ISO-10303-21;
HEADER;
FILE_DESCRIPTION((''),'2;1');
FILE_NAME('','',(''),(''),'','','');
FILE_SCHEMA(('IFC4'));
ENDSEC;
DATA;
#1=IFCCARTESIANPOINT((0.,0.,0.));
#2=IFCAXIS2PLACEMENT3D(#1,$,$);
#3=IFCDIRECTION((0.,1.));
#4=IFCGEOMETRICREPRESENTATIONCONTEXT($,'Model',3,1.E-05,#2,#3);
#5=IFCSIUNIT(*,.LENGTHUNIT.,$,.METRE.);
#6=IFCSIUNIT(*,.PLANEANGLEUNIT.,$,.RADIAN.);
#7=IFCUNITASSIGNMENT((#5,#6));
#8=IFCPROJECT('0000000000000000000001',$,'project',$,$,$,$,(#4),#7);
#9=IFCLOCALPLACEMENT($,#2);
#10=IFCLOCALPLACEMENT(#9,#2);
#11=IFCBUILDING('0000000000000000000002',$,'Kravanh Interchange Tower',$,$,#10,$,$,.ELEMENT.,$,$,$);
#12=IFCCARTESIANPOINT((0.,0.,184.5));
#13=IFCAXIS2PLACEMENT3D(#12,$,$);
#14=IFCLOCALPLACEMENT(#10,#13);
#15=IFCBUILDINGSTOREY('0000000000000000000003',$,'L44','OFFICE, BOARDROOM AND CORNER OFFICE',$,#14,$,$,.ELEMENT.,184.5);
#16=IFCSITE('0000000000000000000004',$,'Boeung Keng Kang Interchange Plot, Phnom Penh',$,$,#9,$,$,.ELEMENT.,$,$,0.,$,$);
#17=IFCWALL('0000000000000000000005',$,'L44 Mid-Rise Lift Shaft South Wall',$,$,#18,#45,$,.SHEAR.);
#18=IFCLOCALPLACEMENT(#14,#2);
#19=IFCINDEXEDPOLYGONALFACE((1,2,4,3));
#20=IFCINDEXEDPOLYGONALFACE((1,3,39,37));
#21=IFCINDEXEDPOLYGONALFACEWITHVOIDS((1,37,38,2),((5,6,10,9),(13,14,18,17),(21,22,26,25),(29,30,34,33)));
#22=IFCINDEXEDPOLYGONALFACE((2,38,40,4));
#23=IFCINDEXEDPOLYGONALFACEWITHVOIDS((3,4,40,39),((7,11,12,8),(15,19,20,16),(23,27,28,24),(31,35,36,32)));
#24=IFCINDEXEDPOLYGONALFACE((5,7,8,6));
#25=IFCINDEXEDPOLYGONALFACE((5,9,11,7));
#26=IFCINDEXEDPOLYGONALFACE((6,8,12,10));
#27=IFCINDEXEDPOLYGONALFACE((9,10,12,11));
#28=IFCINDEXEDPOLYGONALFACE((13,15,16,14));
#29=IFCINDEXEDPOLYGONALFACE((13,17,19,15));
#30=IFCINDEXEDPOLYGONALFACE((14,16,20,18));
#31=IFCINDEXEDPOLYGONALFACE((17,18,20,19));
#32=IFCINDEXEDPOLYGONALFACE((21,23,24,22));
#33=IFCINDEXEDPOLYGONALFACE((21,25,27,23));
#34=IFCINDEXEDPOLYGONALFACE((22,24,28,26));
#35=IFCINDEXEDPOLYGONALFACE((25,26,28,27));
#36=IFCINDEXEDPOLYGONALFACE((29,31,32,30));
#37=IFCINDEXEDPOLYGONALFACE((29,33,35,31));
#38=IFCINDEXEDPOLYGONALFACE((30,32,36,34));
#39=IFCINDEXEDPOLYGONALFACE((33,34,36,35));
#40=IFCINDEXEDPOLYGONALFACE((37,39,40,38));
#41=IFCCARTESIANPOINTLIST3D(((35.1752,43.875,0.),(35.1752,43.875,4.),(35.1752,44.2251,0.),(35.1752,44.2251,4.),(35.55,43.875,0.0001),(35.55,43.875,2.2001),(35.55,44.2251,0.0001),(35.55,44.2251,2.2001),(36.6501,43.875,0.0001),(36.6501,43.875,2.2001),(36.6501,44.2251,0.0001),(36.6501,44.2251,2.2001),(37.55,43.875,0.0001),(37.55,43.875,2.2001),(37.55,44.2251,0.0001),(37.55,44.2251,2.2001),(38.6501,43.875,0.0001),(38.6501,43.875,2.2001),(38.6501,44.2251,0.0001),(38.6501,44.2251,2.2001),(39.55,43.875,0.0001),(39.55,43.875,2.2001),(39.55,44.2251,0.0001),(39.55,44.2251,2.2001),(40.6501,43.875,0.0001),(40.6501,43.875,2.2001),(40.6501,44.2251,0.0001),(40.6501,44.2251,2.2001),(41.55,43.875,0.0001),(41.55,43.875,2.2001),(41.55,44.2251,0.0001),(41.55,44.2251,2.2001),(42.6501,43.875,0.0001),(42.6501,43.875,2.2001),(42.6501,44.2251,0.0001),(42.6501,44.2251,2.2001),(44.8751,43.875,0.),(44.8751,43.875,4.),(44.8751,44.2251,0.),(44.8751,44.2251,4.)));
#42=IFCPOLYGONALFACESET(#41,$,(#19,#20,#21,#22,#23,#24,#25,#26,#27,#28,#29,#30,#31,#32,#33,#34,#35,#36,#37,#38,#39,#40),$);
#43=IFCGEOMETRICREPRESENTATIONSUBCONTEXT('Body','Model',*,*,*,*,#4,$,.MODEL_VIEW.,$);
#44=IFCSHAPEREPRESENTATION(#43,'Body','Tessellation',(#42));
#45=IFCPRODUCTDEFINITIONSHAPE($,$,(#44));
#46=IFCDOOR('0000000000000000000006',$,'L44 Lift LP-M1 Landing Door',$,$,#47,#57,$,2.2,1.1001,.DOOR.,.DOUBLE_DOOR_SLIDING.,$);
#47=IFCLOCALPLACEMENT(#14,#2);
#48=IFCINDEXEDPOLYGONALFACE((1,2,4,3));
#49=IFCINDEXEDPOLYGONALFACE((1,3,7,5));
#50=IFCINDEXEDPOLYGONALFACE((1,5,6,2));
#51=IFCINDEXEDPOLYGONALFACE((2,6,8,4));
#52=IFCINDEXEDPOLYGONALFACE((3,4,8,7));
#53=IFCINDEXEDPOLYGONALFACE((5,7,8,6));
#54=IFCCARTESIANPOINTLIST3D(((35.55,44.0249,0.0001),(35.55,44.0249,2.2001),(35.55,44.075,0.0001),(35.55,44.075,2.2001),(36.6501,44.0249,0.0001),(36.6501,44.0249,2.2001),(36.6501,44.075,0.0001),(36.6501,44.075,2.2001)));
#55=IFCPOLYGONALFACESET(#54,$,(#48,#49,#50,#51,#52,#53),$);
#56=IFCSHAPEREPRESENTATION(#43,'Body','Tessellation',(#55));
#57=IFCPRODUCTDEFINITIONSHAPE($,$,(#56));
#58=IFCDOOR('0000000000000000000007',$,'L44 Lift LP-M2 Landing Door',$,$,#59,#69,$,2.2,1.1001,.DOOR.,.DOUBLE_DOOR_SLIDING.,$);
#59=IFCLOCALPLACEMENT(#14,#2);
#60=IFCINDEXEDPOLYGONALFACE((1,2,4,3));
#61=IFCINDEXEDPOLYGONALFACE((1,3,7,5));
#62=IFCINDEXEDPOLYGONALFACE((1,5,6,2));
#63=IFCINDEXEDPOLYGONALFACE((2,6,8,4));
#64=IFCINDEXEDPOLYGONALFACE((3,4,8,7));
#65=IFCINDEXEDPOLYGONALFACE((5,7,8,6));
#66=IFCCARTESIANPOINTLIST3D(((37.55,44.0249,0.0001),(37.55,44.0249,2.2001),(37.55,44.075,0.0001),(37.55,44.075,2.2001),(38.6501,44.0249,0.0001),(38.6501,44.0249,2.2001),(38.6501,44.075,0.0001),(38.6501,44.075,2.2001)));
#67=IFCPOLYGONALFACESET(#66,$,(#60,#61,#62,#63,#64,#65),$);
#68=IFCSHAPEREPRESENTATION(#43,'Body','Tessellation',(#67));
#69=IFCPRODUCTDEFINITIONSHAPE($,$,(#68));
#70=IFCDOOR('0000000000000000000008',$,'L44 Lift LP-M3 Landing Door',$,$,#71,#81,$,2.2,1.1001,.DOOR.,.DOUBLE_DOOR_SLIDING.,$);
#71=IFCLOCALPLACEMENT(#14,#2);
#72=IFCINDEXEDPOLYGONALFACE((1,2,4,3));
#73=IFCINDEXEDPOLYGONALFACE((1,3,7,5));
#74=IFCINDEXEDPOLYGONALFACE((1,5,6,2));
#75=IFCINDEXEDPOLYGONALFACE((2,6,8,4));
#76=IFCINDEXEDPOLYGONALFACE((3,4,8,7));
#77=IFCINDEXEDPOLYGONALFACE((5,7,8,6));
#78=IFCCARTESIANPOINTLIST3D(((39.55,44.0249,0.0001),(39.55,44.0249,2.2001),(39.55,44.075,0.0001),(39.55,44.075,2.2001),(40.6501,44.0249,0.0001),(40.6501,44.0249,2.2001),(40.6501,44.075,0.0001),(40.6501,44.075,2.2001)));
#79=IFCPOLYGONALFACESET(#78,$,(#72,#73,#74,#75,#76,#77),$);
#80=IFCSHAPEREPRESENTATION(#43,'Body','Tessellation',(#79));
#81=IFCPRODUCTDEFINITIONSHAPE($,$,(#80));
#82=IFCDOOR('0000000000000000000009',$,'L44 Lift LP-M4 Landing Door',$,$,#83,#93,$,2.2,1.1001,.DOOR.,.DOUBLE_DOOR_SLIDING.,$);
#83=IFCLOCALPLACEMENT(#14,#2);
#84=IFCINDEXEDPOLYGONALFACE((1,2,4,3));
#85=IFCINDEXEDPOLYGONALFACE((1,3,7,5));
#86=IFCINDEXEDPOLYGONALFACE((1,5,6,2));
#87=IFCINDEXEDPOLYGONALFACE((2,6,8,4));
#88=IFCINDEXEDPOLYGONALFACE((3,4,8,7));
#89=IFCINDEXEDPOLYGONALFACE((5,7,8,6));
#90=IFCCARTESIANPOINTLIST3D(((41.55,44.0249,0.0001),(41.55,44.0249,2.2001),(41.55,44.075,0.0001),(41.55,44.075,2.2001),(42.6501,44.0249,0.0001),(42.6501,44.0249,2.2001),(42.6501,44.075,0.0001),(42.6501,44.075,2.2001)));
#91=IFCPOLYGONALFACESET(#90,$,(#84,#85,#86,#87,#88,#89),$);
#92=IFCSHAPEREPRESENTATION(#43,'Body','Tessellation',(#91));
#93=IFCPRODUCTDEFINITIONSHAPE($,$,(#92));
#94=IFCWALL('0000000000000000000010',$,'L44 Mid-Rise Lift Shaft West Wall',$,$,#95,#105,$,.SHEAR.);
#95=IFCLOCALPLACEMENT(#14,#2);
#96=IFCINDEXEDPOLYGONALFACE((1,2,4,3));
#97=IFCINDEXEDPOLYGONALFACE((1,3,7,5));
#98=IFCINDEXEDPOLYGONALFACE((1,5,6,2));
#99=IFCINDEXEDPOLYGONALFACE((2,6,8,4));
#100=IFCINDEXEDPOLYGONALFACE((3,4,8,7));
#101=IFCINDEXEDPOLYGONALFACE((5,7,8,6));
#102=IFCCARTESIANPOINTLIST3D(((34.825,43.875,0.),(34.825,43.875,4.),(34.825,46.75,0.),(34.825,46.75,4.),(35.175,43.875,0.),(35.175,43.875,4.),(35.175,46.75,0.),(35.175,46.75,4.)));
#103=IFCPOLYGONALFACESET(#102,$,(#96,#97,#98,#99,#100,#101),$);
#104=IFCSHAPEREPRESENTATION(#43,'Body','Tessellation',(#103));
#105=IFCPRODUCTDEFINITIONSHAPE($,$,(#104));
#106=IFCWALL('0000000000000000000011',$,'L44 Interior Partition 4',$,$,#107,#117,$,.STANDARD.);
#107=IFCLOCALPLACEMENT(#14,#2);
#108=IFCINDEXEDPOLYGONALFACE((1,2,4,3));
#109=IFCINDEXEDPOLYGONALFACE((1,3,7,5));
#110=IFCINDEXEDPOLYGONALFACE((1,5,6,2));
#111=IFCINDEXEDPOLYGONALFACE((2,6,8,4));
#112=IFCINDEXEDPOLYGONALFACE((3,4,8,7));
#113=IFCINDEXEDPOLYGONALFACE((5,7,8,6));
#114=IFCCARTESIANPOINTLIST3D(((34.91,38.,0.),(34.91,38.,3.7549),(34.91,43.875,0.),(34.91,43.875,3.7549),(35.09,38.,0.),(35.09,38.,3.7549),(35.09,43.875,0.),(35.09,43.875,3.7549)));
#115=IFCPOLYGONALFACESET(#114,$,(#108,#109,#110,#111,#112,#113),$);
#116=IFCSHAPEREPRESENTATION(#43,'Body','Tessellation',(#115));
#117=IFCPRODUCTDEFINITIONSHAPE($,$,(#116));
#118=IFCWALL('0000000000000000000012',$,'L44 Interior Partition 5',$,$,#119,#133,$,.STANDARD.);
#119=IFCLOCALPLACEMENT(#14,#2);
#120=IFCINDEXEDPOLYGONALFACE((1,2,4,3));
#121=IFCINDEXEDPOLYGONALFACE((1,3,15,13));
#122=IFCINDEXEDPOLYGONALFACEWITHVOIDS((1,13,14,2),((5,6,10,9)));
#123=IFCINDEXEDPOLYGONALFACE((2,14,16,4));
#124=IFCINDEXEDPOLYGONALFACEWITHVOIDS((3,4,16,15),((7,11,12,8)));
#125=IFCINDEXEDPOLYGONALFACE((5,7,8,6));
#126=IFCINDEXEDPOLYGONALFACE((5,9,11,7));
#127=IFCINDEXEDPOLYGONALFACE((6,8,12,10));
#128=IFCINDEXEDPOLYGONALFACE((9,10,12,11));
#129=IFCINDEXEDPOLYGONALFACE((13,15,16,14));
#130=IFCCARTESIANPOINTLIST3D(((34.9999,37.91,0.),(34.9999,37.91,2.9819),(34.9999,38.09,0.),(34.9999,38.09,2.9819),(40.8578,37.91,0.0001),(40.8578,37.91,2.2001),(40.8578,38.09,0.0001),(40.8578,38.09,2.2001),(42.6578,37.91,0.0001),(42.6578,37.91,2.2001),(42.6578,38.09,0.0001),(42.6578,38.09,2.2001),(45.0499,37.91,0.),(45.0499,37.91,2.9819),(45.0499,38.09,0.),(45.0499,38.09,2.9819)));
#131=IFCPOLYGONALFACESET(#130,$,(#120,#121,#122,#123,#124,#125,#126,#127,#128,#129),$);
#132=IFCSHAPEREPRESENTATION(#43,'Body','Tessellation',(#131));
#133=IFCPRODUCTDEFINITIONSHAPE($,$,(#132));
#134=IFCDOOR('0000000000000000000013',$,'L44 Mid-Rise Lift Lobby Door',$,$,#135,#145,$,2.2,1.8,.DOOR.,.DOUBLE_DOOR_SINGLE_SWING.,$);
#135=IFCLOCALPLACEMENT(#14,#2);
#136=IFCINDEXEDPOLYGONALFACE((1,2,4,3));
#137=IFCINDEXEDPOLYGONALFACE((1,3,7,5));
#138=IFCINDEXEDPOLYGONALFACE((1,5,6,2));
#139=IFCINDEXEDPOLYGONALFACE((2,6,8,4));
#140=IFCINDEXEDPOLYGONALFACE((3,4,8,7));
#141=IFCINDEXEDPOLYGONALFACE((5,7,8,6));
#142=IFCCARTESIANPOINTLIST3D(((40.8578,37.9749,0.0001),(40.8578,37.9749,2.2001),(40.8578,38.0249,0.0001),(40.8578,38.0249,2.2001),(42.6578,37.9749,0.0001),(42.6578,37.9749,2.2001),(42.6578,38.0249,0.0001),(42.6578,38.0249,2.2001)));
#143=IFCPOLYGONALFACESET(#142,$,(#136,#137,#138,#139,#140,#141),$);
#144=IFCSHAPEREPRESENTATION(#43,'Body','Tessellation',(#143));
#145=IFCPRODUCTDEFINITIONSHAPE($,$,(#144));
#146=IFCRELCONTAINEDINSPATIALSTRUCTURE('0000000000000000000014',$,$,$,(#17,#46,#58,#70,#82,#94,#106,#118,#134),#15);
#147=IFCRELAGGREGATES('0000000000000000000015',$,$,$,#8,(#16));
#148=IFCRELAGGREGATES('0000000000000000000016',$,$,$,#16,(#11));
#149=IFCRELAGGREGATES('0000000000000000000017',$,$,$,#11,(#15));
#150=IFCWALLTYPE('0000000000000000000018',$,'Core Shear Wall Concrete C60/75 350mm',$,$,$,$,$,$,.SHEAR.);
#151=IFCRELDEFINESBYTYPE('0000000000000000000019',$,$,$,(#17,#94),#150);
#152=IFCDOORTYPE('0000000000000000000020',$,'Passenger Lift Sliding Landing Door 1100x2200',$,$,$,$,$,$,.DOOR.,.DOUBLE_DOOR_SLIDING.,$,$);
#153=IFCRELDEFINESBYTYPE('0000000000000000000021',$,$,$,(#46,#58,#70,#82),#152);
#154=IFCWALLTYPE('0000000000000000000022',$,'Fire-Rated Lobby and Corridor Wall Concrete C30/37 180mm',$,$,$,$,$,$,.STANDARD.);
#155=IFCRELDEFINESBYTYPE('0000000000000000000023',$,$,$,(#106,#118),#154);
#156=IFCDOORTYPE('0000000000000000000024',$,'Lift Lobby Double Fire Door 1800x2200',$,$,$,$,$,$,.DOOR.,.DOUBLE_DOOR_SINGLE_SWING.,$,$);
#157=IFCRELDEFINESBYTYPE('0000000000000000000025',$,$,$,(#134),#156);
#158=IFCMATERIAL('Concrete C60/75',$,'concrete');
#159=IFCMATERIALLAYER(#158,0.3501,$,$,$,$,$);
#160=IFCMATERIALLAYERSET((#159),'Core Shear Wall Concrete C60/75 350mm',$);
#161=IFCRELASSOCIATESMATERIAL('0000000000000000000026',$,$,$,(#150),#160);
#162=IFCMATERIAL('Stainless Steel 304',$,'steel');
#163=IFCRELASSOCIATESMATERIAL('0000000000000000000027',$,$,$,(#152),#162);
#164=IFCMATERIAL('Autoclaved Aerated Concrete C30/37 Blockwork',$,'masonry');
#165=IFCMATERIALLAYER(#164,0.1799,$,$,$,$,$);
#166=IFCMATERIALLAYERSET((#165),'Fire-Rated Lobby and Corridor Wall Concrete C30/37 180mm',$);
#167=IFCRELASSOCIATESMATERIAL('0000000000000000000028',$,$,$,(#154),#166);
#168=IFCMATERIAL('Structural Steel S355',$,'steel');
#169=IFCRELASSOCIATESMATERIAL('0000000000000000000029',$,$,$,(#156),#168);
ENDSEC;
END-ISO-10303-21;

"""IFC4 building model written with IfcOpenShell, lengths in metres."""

from ifc_helpers import new_model, si_unit, direction, frame, frame_2d, origin, place, context, subcontext, project, spatial, rectangle, extrude, material, layer, layer_set, type_object, element, fill, save


model = new_model("IFC4")

# Units and contexts
model_context = context("Model", 3, precision=1e-05, world=origin(), true_north=direction((0.0, 1.0)))
body_context = subcontext(model_context, "Body", "Model", "MODEL_VIEW")
ifc_project = project(units=[si_unit("LENGTHUNIT", "METRE"), si_unit("PLANEANGLEUNIT", "RADIAN")], contexts=[model_context])

# Site, building, storey
site_placement = place(None, origin())
site = spatial("IfcSite", under=ifc_project, at=site_placement, Name="Boeung Keng Kang Interchange Plot, Phnom Penh", CompositionType="ELEMENT", RefElevation=0.0)
building_placement = place(site_placement, origin())
building = spatial("IfcBuilding", under=site, at=building_placement, Name="Kravanh Interchange Tower", CompositionType="ELEMENT")
storey_placement = place(building_placement, frame((0.0, 0.0, 184.5)))
storey = spatial("IfcBuildingStorey", under=building, at=storey_placement, Name="L44", Description="OFFICE, BOARDROOM AND CORNER OFFICE", CompositionType="ELEMENT", Elevation=184.5)

# Wall, openings, doors
ifc_material_1 = material(Name="Concrete C60/75", Category="concrete")
ifc_layer_1 = layer(ifc_material_1, 0.3501)
ifc_layer_set_1 = layer_set([ifc_layer_1], Name="Core Shear Wall Concrete C60/75 350mm")
wall_type_1 = type_object("IfcWallType", Name="Core Shear Wall Concrete C60/75 350mm", PredefinedType="SHEAR", material=ifc_layer_set_1)
wall_1_placement = place(storey_placement, frame((35.175, 44.05, 0.0), z_axis=(0.0, 0.0, 1.0), x_axis=(1.0, 0.0, 0.0)))
wall_1 = element("IfcWall", 1, at=wall_1_placement, inside=storey, type_object=wall_type_1, Name="L44 Mid-Rise Lift Shaft South Wall", PredefinedType="SHEAR", context=body_context, shape_type="SweptSolid", body=[
    extrude(rectangle(XDim=9.7, YDim=0.3501, at=frame_2d((4.8501, 0.0))), origin(), (0.0, 0.0, 1.0), 4.0),
])
opening_1_placement = place(wall_1_placement, frame((0.375, 0.0, 0.0)))
opening_1 = element("IfcOpeningElement", 2, at=opening_1_placement, cuts=wall_1, PredefinedType="OPENING", context=body_context, shape_type="SweptSolid", body=[
    extrude(rectangle(XDim=1.1001, YDim=2.2, at=frame_2d((0.55, 1.1001))), frame((0.0, 0.1851, 0.0), z_axis=(0.0, -1.0, 0.0), x_axis=(1.0, 0.0, 0.0)), (0.0, 0.0, 1.0), 0.3701),
])
opening_2_placement = place(wall_1_placement, frame((2.375, 0.0, 0.0)))
opening_2 = element("IfcOpeningElement", 3, at=opening_2_placement, cuts=wall_1, PredefinedType="OPENING", context=body_context, shape_type="SweptSolid", body=[
    extrude(rectangle(XDim=1.1001, YDim=2.2, at=frame_2d((0.55, 1.1001))), frame((0.0, 0.1851, 0.0), z_axis=(0.0, -1.0, 0.0), x_axis=(1.0, 0.0, 0.0)), (0.0, 0.0, 1.0), 0.3701),
])
opening_3_placement = place(wall_1_placement, frame((4.375, 0.0, 0.0)))
opening_3 = element("IfcOpeningElement", 4, at=opening_3_placement, cuts=wall_1, PredefinedType="OPENING", context=body_context, shape_type="SweptSolid", body=[
    extrude(rectangle(XDim=1.1001, YDim=2.2, at=frame_2d((0.55, 1.1001))), frame((0.0, 0.1851, 0.0), z_axis=(0.0, -1.0, 0.0), x_axis=(1.0, 0.0, 0.0)), (0.0, 0.0, 1.0), 0.3701),
])
opening_4_placement = place(wall_1_placement, frame((6.375, 0.0, 0.0)))
opening_4 = element("IfcOpeningElement", 5, at=opening_4_placement, cuts=wall_1, PredefinedType="OPENING", context=body_context, shape_type="SweptSolid", body=[
    extrude(rectangle(XDim=1.1001, YDim=2.2, at=frame_2d((0.55, 1.1001))), frame((0.0, 0.1851, 0.0), z_axis=(0.0, -1.0, 0.0), x_axis=(1.0, 0.0, 0.0)), (0.0, 0.0, 1.0), 0.3701),
])
ifc_material_2 = material(Name="Stainless Steel 304", Category="steel")
door_type_1 = type_object("IfcDoorType", Name="Passenger Lift Sliding Landing Door 1100x2200", OperationType="DOUBLE_DOOR_SLIDING", PredefinedType="DOOR", material=ifc_material_2)
door_1_placement = place(opening_1_placement, origin())
door_1 = element("IfcDoor", 6, at=door_1_placement, inside=storey, type_object=door_type_1, Name="L44 Lift LP-M1 Landing Door", OperationType="DOUBLE_DOOR_SLIDING", OverallHeight=2.2, OverallWidth=1.1001, PredefinedType="DOOR", context=body_context, shape_type="SweptSolid", body=[
    extrude(rectangle(XDim=1.1001, YDim=2.2, at=frame_2d((0.55, 1.1001))), frame((0.0, 0.0249, 0.0), z_axis=(0.0, -1.0, 0.0), x_axis=(1.0, 0.0, 0.0)), (0.0, 0.0, 1.0), 0.05),
])
fill(opening_1, door_1)
door_2_placement = place(opening_2_placement, origin())
door_2 = element("IfcDoor", 7, at=door_2_placement, inside=storey, type_object=door_type_1, Name="L44 Lift LP-M2 Landing Door", OperationType="DOUBLE_DOOR_SLIDING", OverallHeight=2.2, OverallWidth=1.1001, PredefinedType="DOOR", context=body_context, shape_type="SweptSolid", body=[
    extrude(rectangle(XDim=1.1001, YDim=2.2, at=frame_2d((0.55, 1.1001))), frame((0.0, 0.0249, 0.0), z_axis=(0.0, -1.0, 0.0), x_axis=(1.0, 0.0, 0.0)), (0.0, 0.0, 1.0), 0.05),
])
fill(opening_2, door_2)
door_3_placement = place(opening_3_placement, origin())
door_3 = element("IfcDoor", 8, at=door_3_placement, inside=storey, type_object=door_type_1, Name="L44 Lift LP-M3 Landing Door", OperationType="DOUBLE_DOOR_SLIDING", OverallHeight=2.2, OverallWidth=1.1001, PredefinedType="DOOR", context=body_context, shape_type="SweptSolid", body=[
    extrude(rectangle(XDim=1.1001, YDim=2.2, at=frame_2d((0.55, 1.1001))), frame((0.0, 0.0249, 0.0), z_axis=(0.0, -1.0, 0.0), x_axis=(1.0, 0.0, 0.0)), (0.0, 0.0, 1.0), 0.05),
])
fill(opening_3, door_3)
door_4_placement = place(opening_4_placement, origin())
door_4 = element("IfcDoor", 9, at=door_4_placement, inside=storey, type_object=door_type_1, Name="L44 Lift LP-M4 Landing Door", OperationType="DOUBLE_DOOR_SLIDING", OverallHeight=2.2, OverallWidth=1.1001, PredefinedType="DOOR", context=body_context, shape_type="SweptSolid", body=[
    extrude(rectangle(XDim=1.1001, YDim=2.2, at=frame_2d((0.55, 1.1001))), frame((0.0, 0.0249, 0.0), z_axis=(0.0, -1.0, 0.0), x_axis=(1.0, 0.0, 0.0)), (0.0, 0.0, 1.0), 0.05),
])
fill(opening_4, door_4)

# Walls
wall_2_placement = place(storey_placement, frame((35.0, 43.875, 0.0), z_axis=(0.0, 0.0, 1.0), x_axis=(0.0, 1.0, 0.0)))
element("IfcWall", 10, at=wall_2_placement, inside=storey, type_object=wall_type_1, Name="L44 Mid-Rise Lift Shaft West Wall", PredefinedType="SHEAR", context=body_context, shape_type="SweptSolid", body=[
    extrude(rectangle(XDim=2.875, YDim=0.3501, at=frame_2d((1.4375, 0.0))), origin(), (0.0, 0.0, 1.0), 4.0),
])
ifc_material_3 = material(Name="Autoclaved Aerated Concrete C30/37 Blockwork", Category="masonry")
ifc_layer_2 = layer(ifc_material_3, 0.1799)
ifc_layer_set_2 = layer_set([ifc_layer_2], Name="Fire-Rated Lobby and Corridor Wall Concrete C30/37 180mm")
wall_type_2 = type_object("IfcWallType", Name="Fire-Rated Lobby and Corridor Wall Concrete C30/37 180mm", PredefinedType="STANDARD", material=ifc_layer_set_2)
wall_3_placement = place(storey_placement, frame((35.0, 38.0, 0.0), z_axis=(0.0, 0.0, 1.0), x_axis=(0.0, 1.0, 0.0)))
element("IfcWall", 11, at=wall_3_placement, inside=storey, type_object=wall_type_2, Name="L44 Interior Partition 4", PredefinedType="STANDARD", context=body_context, shape_type="SweptSolid", body=[
    extrude(rectangle(XDim=5.875, YDim=0.1799, at=frame_2d((2.9375, 0.0))), origin(), (0.0, 0.0, 1.0), 3.7549),
])

# Wall, opening, door
wall_4_placement = place(storey_placement, frame((35.0, 38.0, 0.0), z_axis=(0.0, 0.0, 1.0), x_axis=(1.0, 0.0, 0.0)))
wall_4 = element("IfcWall", 12, at=wall_4_placement, inside=storey, type_object=wall_type_2, Name="L44 Interior Partition 5", PredefinedType="STANDARD", context=body_context, shape_type="SweptSolid", body=[
    extrude(rectangle(XDim=10.05, YDim=0.1799, at=frame_2d((5.0249, 0.0))), origin(), (0.0, 0.0, 1.0), 2.9819),
])
opening_5_placement = place(wall_4_placement, frame((5.8579, 0.0, 0.0)))
opening_5 = element("IfcOpeningElement", 13, at=opening_5_placement, cuts=wall_4, PredefinedType="OPENING", context=body_context, shape_type="SweptSolid", body=[
    extrude(rectangle(XDim=1.8, YDim=2.2, at=frame_2d((0.8999, 1.1001))), frame((0.0, 0.1001, 0.0), z_axis=(0.0, -1.0, 0.0), x_axis=(1.0, 0.0, 0.0)), (0.0, 0.0, 1.0), 0.2),
])
ifc_material_4 = material(Name="Structural Steel S355", Category="steel")
door_type_2 = type_object("IfcDoorType", Name="Lift Lobby Double Fire Door 1800x2200", OperationType="DOUBLE_DOOR_SINGLE_SWING", PredefinedType="DOOR", material=ifc_material_4)
door_5_placement = place(opening_5_placement, origin())
door_5 = element("IfcDoor", 14, at=door_5_placement, inside=storey, type_object=door_type_2, Name="L44 Mid-Rise Lift Lobby Door", OperationType="DOUBLE_DOOR_SINGLE_SWING", OverallHeight=2.2, OverallWidth=1.8, PredefinedType="DOOR", context=body_context, shape_type="SweptSolid", body=[
    extrude(rectangle(XDim=1.8, YDim=2.2, at=frame_2d((0.8999, 1.1001))), frame((0.0, 0.0249, 0.0), z_axis=(0.0, -1.0, 0.0), x_axis=(1.0, 0.0, 0.0)), (0.0, 0.0, 1.0), 0.05),
])
fill(opening_5, door_5)

save(model, "model.ifc")
